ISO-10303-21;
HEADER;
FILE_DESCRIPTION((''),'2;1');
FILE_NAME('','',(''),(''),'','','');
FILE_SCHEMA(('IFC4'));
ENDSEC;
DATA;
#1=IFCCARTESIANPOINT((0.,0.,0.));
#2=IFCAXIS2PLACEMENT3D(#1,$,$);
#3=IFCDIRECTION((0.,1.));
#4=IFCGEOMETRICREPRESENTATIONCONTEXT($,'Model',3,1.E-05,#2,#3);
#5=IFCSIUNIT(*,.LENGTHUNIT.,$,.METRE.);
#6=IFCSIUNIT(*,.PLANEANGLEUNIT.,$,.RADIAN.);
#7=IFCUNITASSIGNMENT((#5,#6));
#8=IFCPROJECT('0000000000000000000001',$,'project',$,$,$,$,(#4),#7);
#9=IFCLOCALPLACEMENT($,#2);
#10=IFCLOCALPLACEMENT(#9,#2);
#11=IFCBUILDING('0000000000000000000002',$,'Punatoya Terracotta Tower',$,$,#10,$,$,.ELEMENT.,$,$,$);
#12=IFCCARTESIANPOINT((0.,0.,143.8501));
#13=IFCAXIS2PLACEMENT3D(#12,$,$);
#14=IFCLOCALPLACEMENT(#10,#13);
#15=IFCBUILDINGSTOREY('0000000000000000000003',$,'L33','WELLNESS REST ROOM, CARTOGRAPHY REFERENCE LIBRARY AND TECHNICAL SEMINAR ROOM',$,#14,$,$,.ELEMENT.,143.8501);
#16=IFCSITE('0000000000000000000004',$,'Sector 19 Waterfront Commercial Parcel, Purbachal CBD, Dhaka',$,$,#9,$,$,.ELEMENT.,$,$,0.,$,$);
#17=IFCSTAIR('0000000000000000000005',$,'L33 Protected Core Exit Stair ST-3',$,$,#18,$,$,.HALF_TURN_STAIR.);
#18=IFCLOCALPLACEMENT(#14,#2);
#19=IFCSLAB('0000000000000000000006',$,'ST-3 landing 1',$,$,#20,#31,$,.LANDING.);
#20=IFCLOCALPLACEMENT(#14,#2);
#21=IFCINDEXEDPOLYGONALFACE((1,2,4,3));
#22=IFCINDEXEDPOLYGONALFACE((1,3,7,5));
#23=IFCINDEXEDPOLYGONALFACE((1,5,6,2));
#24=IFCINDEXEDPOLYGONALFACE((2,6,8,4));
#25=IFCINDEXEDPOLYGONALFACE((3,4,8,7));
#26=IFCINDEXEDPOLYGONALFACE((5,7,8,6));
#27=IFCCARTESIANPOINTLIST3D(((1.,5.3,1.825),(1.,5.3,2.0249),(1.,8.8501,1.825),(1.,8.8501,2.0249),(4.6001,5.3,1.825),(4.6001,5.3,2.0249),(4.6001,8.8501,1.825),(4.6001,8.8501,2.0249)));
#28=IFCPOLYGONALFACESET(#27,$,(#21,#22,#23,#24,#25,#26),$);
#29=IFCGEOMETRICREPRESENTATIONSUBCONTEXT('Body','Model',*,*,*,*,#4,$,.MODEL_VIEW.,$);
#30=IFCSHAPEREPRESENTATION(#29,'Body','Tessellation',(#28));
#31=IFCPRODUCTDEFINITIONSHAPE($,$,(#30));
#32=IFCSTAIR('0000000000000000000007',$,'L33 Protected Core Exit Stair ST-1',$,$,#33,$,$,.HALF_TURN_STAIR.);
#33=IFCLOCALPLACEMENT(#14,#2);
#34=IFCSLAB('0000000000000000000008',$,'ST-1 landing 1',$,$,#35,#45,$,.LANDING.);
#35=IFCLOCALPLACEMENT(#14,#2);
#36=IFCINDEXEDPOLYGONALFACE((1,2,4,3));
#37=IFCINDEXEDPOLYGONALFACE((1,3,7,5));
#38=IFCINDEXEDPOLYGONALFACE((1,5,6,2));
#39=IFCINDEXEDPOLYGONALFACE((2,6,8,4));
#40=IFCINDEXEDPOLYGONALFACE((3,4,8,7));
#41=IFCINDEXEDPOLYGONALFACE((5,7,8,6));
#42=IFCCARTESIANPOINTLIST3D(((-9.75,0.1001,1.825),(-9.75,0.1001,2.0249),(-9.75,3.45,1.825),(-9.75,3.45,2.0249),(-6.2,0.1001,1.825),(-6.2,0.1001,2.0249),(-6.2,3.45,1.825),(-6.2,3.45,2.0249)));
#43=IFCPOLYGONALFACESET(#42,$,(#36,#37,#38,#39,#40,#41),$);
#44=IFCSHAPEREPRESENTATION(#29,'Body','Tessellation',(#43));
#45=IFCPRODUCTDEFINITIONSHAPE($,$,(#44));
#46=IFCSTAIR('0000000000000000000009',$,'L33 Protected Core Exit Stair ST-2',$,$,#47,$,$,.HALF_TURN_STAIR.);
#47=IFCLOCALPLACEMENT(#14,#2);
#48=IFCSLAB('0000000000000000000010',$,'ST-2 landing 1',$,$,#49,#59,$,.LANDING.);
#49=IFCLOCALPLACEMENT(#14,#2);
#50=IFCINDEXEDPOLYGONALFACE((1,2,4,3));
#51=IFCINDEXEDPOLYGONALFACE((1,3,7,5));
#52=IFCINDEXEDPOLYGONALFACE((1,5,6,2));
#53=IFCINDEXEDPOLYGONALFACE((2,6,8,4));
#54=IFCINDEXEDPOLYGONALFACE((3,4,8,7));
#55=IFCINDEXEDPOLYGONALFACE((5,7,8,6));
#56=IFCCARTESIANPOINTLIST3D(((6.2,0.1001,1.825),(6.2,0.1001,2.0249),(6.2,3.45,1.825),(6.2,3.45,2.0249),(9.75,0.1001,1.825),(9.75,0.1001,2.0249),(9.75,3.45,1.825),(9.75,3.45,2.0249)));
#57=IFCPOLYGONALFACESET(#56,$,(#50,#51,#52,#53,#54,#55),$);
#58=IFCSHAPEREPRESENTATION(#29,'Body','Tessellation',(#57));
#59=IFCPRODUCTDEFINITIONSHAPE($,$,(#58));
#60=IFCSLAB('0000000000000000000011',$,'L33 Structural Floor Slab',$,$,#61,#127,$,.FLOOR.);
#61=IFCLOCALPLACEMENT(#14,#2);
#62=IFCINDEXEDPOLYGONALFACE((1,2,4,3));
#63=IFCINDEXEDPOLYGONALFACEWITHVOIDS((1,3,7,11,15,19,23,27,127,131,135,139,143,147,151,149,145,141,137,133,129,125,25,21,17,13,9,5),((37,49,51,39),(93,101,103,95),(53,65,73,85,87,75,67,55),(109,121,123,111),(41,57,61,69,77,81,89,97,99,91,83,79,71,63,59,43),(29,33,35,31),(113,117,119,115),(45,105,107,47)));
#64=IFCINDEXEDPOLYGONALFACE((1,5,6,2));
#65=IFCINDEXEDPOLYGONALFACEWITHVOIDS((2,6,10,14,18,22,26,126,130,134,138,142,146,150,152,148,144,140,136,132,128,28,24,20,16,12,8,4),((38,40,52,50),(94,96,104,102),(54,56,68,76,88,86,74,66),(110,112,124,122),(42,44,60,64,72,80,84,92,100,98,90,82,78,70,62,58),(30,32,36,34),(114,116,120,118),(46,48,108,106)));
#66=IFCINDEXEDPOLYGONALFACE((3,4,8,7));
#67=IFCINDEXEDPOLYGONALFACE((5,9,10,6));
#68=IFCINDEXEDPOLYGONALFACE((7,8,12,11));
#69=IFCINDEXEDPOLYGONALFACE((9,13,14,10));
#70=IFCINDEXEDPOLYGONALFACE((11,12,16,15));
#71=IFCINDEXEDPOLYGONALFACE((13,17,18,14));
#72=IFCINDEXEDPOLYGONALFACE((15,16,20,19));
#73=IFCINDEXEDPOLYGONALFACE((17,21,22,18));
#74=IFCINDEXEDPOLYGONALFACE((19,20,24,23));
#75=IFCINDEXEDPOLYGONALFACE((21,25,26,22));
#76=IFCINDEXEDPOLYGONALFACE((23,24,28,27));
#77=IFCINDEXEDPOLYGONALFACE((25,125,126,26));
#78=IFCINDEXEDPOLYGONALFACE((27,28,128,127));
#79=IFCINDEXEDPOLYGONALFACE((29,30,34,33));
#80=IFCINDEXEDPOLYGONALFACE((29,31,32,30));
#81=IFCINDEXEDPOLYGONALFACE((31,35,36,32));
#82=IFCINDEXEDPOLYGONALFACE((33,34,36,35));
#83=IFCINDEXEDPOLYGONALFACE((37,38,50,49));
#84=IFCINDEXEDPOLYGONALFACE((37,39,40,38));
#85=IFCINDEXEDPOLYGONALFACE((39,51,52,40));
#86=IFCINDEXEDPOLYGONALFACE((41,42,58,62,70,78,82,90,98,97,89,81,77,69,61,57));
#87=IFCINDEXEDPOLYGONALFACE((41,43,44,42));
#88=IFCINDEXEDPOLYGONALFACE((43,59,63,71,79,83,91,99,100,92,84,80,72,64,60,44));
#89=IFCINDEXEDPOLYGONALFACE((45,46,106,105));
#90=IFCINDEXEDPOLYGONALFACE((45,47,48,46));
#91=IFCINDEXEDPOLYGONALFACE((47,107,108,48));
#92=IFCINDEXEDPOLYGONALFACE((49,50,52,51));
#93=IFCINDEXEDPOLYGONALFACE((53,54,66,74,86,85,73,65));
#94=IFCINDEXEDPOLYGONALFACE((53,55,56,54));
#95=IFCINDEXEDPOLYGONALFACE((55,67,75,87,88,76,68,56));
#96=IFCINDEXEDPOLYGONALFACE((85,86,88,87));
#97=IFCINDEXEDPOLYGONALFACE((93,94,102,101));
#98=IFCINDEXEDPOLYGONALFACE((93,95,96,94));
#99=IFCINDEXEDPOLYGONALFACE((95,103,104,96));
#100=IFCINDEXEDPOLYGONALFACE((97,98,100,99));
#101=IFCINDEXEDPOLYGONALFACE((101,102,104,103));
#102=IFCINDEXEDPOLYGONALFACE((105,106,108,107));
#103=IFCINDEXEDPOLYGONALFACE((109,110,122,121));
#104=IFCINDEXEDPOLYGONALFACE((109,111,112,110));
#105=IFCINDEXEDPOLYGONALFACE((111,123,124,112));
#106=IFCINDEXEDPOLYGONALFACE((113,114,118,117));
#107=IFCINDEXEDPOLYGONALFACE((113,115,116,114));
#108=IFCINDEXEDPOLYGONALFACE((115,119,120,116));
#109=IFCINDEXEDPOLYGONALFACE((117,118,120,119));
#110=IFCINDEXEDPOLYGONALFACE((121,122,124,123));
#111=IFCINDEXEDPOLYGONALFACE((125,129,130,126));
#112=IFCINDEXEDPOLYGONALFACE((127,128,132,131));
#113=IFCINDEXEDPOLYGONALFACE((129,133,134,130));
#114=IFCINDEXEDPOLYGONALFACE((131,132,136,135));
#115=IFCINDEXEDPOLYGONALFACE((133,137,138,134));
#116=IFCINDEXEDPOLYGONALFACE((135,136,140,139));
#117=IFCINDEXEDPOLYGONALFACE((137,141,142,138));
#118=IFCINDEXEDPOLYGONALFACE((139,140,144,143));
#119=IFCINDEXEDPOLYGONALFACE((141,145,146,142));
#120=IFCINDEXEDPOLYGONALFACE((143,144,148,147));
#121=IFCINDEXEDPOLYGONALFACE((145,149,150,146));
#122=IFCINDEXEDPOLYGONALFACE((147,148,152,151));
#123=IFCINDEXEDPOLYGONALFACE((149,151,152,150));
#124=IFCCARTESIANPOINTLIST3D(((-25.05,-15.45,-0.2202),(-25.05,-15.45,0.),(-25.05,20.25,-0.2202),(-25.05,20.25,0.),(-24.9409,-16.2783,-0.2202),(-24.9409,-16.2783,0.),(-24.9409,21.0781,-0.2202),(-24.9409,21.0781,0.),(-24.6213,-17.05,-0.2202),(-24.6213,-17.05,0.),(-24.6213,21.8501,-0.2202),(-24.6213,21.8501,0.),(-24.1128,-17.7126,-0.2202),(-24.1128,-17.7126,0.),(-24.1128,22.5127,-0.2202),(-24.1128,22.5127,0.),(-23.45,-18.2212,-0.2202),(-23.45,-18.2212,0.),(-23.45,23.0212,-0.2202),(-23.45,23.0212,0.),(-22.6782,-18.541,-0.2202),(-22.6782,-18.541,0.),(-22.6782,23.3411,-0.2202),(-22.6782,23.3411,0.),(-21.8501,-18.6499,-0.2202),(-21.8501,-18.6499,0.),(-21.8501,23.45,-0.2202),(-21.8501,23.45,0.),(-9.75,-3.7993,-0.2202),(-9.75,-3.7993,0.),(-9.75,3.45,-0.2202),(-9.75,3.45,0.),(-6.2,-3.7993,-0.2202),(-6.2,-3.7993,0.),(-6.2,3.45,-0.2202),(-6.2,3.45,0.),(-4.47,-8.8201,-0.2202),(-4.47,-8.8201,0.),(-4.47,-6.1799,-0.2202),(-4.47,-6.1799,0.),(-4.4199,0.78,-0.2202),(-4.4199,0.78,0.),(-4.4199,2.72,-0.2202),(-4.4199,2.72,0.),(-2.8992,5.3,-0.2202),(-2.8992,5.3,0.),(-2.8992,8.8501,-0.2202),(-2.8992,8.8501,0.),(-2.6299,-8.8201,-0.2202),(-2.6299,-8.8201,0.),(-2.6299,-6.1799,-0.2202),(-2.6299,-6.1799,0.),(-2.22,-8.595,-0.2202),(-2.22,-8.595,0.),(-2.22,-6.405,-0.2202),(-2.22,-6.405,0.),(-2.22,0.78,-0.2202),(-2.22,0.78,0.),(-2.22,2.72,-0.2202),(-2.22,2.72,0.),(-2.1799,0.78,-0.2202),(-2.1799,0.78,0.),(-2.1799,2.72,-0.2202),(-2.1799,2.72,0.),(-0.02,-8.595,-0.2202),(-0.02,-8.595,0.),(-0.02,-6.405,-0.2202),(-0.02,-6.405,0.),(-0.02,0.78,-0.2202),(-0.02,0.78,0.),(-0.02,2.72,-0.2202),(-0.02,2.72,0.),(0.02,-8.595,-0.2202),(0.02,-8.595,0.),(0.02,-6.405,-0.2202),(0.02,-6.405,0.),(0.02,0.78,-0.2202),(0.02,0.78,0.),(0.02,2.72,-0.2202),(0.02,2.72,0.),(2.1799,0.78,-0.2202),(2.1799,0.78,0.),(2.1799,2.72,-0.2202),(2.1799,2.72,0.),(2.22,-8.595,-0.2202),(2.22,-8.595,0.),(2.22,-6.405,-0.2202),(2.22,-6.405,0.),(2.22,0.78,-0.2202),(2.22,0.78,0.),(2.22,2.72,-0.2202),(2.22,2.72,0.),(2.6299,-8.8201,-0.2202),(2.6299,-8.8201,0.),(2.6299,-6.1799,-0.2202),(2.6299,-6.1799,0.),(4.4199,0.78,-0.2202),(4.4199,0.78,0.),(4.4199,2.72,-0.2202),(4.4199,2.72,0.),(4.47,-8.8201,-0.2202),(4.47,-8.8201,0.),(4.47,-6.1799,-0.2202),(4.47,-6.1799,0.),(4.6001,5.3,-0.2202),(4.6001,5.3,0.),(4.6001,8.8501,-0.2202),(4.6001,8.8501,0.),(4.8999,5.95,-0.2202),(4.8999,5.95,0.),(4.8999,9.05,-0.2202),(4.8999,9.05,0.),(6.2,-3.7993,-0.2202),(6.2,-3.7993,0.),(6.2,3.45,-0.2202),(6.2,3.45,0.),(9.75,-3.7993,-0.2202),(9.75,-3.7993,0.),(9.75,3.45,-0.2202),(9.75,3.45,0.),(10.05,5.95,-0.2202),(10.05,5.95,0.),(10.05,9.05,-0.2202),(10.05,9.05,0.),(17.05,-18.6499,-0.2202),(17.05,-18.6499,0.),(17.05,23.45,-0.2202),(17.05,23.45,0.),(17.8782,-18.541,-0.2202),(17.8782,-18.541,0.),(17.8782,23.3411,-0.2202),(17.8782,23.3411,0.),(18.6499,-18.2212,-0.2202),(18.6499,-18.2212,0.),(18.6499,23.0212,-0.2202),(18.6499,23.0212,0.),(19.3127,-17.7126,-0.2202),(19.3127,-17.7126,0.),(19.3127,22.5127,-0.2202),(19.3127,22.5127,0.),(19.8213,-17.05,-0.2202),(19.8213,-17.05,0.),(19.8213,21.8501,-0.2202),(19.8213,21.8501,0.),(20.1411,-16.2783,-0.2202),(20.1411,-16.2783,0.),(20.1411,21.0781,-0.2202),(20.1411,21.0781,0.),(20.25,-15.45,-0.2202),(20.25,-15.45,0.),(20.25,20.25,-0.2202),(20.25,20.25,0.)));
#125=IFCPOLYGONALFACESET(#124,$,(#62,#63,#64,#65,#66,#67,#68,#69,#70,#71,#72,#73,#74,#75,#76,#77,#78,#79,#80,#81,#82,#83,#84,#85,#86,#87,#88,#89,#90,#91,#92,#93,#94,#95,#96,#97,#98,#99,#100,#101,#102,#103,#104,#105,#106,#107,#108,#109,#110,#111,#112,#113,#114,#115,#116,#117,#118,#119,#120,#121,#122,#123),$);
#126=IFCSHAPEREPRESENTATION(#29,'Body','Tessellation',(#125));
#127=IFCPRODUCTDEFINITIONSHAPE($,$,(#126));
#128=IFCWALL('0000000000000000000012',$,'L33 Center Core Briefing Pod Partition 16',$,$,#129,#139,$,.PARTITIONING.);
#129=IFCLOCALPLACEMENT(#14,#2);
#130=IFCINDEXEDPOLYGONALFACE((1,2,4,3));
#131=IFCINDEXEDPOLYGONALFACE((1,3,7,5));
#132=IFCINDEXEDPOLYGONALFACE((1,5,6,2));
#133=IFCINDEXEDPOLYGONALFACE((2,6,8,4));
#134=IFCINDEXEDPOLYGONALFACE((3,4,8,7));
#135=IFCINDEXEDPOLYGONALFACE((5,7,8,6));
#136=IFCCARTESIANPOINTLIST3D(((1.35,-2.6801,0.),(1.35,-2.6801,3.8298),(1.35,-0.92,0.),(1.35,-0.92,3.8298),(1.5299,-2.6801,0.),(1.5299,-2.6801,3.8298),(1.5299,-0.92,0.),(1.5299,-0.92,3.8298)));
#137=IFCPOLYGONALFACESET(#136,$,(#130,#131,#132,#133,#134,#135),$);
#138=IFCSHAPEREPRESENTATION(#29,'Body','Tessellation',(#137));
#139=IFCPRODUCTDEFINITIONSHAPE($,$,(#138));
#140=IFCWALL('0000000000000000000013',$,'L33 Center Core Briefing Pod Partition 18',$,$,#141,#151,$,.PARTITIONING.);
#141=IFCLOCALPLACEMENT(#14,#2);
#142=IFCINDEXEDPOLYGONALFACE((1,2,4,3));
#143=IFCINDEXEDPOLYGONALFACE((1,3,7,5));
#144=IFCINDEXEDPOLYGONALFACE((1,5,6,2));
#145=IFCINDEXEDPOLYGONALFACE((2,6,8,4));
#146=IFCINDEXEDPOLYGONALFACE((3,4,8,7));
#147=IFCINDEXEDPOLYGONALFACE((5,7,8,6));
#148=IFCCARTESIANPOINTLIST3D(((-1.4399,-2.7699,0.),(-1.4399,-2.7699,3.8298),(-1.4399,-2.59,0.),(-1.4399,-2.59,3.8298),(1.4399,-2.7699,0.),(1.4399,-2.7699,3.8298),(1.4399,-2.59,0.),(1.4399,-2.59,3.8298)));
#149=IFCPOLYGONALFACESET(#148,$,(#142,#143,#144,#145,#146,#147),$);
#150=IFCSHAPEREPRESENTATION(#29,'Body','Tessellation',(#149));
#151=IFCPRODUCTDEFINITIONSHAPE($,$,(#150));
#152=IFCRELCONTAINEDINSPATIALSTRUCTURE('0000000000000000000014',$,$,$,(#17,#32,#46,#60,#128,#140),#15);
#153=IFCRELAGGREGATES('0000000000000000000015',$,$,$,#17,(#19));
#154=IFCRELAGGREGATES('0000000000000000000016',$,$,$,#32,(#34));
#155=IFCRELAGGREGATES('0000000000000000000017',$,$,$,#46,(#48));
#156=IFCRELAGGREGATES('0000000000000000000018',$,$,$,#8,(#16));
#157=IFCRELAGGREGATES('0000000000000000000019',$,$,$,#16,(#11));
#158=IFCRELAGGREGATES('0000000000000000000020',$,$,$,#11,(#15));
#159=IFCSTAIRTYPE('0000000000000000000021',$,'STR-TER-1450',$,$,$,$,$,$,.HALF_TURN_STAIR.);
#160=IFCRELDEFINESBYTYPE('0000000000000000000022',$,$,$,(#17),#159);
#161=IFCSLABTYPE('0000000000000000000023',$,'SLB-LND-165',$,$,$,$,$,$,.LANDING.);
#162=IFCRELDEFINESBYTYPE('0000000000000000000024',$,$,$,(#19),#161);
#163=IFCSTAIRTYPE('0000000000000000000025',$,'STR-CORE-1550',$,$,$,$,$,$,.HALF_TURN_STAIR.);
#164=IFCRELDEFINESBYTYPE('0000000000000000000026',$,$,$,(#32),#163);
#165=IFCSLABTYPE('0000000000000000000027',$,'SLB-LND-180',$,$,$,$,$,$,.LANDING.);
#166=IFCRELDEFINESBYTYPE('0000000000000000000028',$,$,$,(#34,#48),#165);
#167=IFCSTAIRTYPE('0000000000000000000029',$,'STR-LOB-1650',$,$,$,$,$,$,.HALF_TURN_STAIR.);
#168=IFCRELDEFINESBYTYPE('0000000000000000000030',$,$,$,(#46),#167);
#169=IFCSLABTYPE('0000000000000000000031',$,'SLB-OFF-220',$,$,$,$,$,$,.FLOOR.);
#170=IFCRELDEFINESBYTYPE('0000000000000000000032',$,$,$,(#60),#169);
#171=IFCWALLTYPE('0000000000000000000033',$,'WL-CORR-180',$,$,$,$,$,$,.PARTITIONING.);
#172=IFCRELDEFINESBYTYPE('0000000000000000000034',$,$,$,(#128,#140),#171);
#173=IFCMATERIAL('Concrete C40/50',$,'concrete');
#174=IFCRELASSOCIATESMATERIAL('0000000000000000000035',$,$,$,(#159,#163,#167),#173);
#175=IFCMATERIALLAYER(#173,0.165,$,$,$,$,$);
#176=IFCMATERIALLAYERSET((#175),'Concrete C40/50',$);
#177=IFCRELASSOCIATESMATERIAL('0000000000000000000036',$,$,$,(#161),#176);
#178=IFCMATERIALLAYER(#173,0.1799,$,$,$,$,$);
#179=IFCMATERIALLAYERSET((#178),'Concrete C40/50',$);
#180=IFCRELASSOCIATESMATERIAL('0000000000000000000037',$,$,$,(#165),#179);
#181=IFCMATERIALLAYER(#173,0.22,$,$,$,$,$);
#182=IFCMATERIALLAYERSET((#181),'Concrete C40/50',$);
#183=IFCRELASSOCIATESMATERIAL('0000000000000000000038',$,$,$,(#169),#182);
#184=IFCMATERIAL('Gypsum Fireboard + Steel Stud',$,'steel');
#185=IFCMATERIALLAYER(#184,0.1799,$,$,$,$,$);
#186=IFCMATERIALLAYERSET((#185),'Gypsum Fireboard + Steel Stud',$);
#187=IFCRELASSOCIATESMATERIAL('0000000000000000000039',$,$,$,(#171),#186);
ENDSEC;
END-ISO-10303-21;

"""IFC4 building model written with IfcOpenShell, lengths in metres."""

from ifc_helpers import new_model, si_unit, direction, frame, frame_2d, origin, place, context, subcontext, project, spatial, polyline, rectangle, outline, extrude, material, layer, layer_set, type_object, element, aggregate, save


model = new_model("IFC4")

# Units and contexts
model_context = context("Model", 3, precision=1e-05, world=origin(), true_north=direction((0.0, 1.0)))
body_context = subcontext(model_context, "Body", "Model", "MODEL_VIEW")
ifc_project = project(units=[si_unit("LENGTHUNIT", "METRE"), si_unit("PLANEANGLEUNIT", "RADIAN")], contexts=[model_context])

# Site, building, storey
site_placement = place(None, origin())
site = spatial("IfcSite", under=ifc_project, at=site_placement, Name="Sector 19 Waterfront Commercial Parcel, Purbachal CBD, Dhaka", CompositionType="ELEMENT", RefElevation=0.0)
building_placement = place(site_placement, origin())
building = spatial("IfcBuilding", under=site, at=building_placement, Name="Punatoya Terracotta Tower", CompositionType="ELEMENT")
storey_placement = place(building_placement, frame((0.0, 0.0, 143.8501)))
storey = spatial("IfcBuildingStorey", under=building, at=storey_placement, Name="L33", Description="WELLNESS REST ROOM, CARTOGRAPHY REFERENCE LIBRARY AND TECHNICAL SEMINAR ROOM", CompositionType="ELEMENT", Elevation=143.8501)

# Stairs, slabs
ifc_material_1 = material(Name="Concrete C40/50", Category="concrete")
stair_type_1 = type_object("IfcStairType", Name="STR-TER-1450", PredefinedType="HALF_TURN_STAIR", material=ifc_material_1)
stair_1_placement = place(storey_placement, origin())
stair_1 = element("IfcStair", 1, at=stair_1_placement, inside=storey, type_object=stair_type_1, Name="L33 Protected Core Exit Stair ST-3", PredefinedType="HALF_TURN_STAIR")
ifc_layer_1 = layer(ifc_material_1, 0.165)
ifc_layer_set_1 = layer_set([ifc_layer_1], Name="Concrete C40/50")
slab_type_1 = type_object("IfcSlabType", Name="SLB-LND-165", PredefinedType="LANDING", material=ifc_layer_set_1)
slab_1_placement = place(storey_placement, frame((0.0, 0.0, 1.825)))
slab_1 = element("IfcSlab", 2, at=slab_1_placement, type_object=slab_type_1, Name="ST-3 landing 1", PredefinedType="LANDING", context=body_context, shape_type="SweptSolid", body=[
    extrude(outline(polyline([(1.0, 5.3), (4.6001, 5.3), (4.6001, 8.8501), (1.0, 8.8501), (1.0, 5.3)])), origin(), (0.0, 0.0, 1.0), 0.2),
])
aggregate(stair_1, [slab_1])
stair_type_2 = type_object("IfcStairType", Name="STR-CORE-1550", PredefinedType="HALF_TURN_STAIR", material=ifc_material_1)
stair_2_placement = place(storey_placement, origin())
stair_2 = element("IfcStair", 3, at=stair_2_placement, inside=storey, type_object=stair_type_2, Name="L33 Protected Core Exit Stair ST-1", PredefinedType="HALF_TURN_STAIR")
ifc_layer_2 = layer(ifc_material_1, 0.1799)
ifc_layer_set_2 = layer_set([ifc_layer_2], Name="Concrete C40/50")
slab_type_2 = type_object("IfcSlabType", Name="SLB-LND-180", PredefinedType="LANDING", material=ifc_layer_set_2)
slab_2_placement = place(storey_placement, frame((0.0, 0.0, 1.825)))
slab_2 = element("IfcSlab", 4, at=slab_2_placement, type_object=slab_type_2, Name="ST-1 landing 1", PredefinedType="LANDING", context=body_context, shape_type="SweptSolid", body=[
    extrude(outline(polyline([(-6.2, 0.1001), (-6.2, 3.45), (-9.75, 3.45), (-9.75, 0.1001), (-6.2, 0.1001)])), origin(), (0.0, 0.0, 1.0), 0.2),
])
aggregate(stair_2, [slab_2])
stair_type_3 = type_object("IfcStairType", Name="STR-LOB-1650", PredefinedType="HALF_TURN_STAIR", material=ifc_material_1)
stair_3_placement = place(storey_placement, origin())
stair_3 = element("IfcStair", 5, at=stair_3_placement, inside=storey, type_object=stair_type_3, Name="L33 Protected Core Exit Stair ST-2", PredefinedType="HALF_TURN_STAIR")
slab_3_placement = place(storey_placement, frame((0.0, 0.0, 1.825)))
slab_3 = element("IfcSlab", 6, at=slab_3_placement, type_object=slab_type_2, Name="ST-2 landing 1", PredefinedType="LANDING", context=body_context, shape_type="SweptSolid", body=[
    extrude(outline(polyline([(9.75, 0.1001), (9.75, 3.45), (6.2, 3.45), (6.2, 0.1001), (9.75, 0.1001)])), origin(), (0.0, 0.0, 1.0), 0.2),
])
aggregate(stair_3, [slab_3])

# Slab
ifc_layer_3 = layer(ifc_material_1, 0.22)
ifc_layer_set_3 = layer_set([ifc_layer_3], Name="Concrete C40/50")
slab_type_3 = type_object("IfcSlabType", Name="SLB-OFF-220", PredefinedType="FLOOR", material=ifc_layer_set_3)
slab_4_placement = place(storey_placement, frame((0.0, 0.0, -0.2202)))
element("IfcSlab", 7, at=slab_4_placement, inside=storey, type_object=slab_type_3, Name="L33 Structural Floor Slab", PredefinedType="FLOOR", context=body_context, shape_type="SweptSolid", body=[
    extrude(outline(polyline([(-21.8501, -18.6499), (-22.6782, -18.541), (-23.45, -18.2212), (-24.1128, -17.7126), (-24.6213, -17.05), (-24.9409, -16.2783), (-25.05, -15.45), (-25.05, 20.25), (-24.9409, 21.0781), (-24.6213, 21.8501), (-24.1128, 22.5127), (-23.45, 23.0212), (-22.6782, 23.3411), (-21.8501, 23.45), (17.05, 23.45), (17.8782, 23.3411), (18.6499, 23.0212), (19.3127, 22.5127), (19.8213, 21.8501), (20.1411, 21.0781), (20.25, 20.25), (20.25, -15.45), (20.1411, -16.2783), (19.8213, -17.05), (19.3127, -17.7126), (18.6499, -18.2212), (17.8782, -18.541), (17.05, -18.6499), (-21.8501, -18.6499)]), holes=[polyline([(-2.6299, -6.1799), (-4.47, -6.1799), (-4.47, -8.8201), (-2.6299, -8.8201), (-2.6299, -6.1799)]), polyline([(0.02, -8.595), (2.22, -8.595), (2.22, -6.405), (0.02, -6.405), (-0.02, -6.405), (-2.22, -6.405), (-2.22, -8.595), (-0.02, -8.595), (0.02, -8.595)]), polyline([(-6.2, 3.45), (-9.75, 3.45), (-9.75, -3.7993), (-6.2, -3.7993), (-6.2, 3.45)]), polyline([(-4.4199, 2.72), (-4.4199, 0.78), (-2.22, 0.78), (-2.1799, 0.78), (-0.02, 0.78), (0.02, 0.78), (2.1799, 0.78), (2.22, 0.78), (4.4199, 0.78), (4.4199, 2.72), (2.22, 2.72), (2.1799, 2.72), (0.02, 2.72), (-0.02, 2.72), (-2.1799, 2.72), (-2.22, 2.72), (-4.4199, 2.72)]), polyline([(4.6001, 5.3), (4.6001, 8.8501), (-2.8992, 8.8501), (-2.8992, 5.3), (4.6001, 5.3)]), polyline([(4.47, -8.8201), (4.47, -6.1799), (2.6299, -6.1799), (2.6299, -8.8201), (4.47, -8.8201)]), polyline([(9.75, 3.45), (6.2, 3.45), (6.2, -3.7993), (9.75, -3.7993), (9.75, 3.45)]), polyline([(10.05, 5.95), (10.05, 9.05), (4.8999, 9.05), (4.8999, 5.95), (10.05, 5.95)])]), origin(), (0.0, 0.0, 1.0), 0.2202),
])

# Walls
ifc_material_2 = material(Name="Gypsum Fireboard + Steel Stud", Category="steel")
ifc_layer_4 = layer(ifc_material_2, 0.1799)
ifc_layer_set_4 = layer_set([ifc_layer_4], Name="Gypsum Fireboard + Steel Stud")
wall_type_1 = type_object("IfcWallType", Name="WL-CORR-180", PredefinedType="PARTITIONING", material=ifc_layer_set_4)
wall_1_placement = place(storey_placement, frame((1.4399, -2.6799, 0.0), z_axis=(0.0, 0.0, 1.0), x_axis=(0.0, 1.0, 0.0)))
element("IfcWall", 8, at=wall_1_placement, inside=storey, type_object=wall_type_1, Name="L33 Center Core Briefing Pod Partition 16", PredefinedType="PARTITIONING", context=body_context, shape_type="SweptSolid", body=[
    extrude(rectangle(XDim=1.76, YDim=0.1799, at=frame_2d((0.8799, 0.0))), origin(), (0.0, 0.0, 1.0), 3.8298),
])
wall_2_placement = place(storey_placement, frame((-1.4399, -2.6799, 0.0), z_axis=(0.0, 0.0, 1.0), x_axis=(1.0, 0.0, 0.0)))
element("IfcWall", 9, at=wall_2_placement, inside=storey, type_object=wall_type_1, Name="L33 Center Core Briefing Pod Partition 18", PredefinedType="PARTITIONING", context=body_context, shape_type="SweptSolid", body=[
    extrude(rectangle(XDim=2.8799, YDim=0.1799, at=frame_2d((1.4399, 0.0))), origin(), (0.0, 0.0, 1.0), 3.8298),
])

save(model, "model.ifc")
